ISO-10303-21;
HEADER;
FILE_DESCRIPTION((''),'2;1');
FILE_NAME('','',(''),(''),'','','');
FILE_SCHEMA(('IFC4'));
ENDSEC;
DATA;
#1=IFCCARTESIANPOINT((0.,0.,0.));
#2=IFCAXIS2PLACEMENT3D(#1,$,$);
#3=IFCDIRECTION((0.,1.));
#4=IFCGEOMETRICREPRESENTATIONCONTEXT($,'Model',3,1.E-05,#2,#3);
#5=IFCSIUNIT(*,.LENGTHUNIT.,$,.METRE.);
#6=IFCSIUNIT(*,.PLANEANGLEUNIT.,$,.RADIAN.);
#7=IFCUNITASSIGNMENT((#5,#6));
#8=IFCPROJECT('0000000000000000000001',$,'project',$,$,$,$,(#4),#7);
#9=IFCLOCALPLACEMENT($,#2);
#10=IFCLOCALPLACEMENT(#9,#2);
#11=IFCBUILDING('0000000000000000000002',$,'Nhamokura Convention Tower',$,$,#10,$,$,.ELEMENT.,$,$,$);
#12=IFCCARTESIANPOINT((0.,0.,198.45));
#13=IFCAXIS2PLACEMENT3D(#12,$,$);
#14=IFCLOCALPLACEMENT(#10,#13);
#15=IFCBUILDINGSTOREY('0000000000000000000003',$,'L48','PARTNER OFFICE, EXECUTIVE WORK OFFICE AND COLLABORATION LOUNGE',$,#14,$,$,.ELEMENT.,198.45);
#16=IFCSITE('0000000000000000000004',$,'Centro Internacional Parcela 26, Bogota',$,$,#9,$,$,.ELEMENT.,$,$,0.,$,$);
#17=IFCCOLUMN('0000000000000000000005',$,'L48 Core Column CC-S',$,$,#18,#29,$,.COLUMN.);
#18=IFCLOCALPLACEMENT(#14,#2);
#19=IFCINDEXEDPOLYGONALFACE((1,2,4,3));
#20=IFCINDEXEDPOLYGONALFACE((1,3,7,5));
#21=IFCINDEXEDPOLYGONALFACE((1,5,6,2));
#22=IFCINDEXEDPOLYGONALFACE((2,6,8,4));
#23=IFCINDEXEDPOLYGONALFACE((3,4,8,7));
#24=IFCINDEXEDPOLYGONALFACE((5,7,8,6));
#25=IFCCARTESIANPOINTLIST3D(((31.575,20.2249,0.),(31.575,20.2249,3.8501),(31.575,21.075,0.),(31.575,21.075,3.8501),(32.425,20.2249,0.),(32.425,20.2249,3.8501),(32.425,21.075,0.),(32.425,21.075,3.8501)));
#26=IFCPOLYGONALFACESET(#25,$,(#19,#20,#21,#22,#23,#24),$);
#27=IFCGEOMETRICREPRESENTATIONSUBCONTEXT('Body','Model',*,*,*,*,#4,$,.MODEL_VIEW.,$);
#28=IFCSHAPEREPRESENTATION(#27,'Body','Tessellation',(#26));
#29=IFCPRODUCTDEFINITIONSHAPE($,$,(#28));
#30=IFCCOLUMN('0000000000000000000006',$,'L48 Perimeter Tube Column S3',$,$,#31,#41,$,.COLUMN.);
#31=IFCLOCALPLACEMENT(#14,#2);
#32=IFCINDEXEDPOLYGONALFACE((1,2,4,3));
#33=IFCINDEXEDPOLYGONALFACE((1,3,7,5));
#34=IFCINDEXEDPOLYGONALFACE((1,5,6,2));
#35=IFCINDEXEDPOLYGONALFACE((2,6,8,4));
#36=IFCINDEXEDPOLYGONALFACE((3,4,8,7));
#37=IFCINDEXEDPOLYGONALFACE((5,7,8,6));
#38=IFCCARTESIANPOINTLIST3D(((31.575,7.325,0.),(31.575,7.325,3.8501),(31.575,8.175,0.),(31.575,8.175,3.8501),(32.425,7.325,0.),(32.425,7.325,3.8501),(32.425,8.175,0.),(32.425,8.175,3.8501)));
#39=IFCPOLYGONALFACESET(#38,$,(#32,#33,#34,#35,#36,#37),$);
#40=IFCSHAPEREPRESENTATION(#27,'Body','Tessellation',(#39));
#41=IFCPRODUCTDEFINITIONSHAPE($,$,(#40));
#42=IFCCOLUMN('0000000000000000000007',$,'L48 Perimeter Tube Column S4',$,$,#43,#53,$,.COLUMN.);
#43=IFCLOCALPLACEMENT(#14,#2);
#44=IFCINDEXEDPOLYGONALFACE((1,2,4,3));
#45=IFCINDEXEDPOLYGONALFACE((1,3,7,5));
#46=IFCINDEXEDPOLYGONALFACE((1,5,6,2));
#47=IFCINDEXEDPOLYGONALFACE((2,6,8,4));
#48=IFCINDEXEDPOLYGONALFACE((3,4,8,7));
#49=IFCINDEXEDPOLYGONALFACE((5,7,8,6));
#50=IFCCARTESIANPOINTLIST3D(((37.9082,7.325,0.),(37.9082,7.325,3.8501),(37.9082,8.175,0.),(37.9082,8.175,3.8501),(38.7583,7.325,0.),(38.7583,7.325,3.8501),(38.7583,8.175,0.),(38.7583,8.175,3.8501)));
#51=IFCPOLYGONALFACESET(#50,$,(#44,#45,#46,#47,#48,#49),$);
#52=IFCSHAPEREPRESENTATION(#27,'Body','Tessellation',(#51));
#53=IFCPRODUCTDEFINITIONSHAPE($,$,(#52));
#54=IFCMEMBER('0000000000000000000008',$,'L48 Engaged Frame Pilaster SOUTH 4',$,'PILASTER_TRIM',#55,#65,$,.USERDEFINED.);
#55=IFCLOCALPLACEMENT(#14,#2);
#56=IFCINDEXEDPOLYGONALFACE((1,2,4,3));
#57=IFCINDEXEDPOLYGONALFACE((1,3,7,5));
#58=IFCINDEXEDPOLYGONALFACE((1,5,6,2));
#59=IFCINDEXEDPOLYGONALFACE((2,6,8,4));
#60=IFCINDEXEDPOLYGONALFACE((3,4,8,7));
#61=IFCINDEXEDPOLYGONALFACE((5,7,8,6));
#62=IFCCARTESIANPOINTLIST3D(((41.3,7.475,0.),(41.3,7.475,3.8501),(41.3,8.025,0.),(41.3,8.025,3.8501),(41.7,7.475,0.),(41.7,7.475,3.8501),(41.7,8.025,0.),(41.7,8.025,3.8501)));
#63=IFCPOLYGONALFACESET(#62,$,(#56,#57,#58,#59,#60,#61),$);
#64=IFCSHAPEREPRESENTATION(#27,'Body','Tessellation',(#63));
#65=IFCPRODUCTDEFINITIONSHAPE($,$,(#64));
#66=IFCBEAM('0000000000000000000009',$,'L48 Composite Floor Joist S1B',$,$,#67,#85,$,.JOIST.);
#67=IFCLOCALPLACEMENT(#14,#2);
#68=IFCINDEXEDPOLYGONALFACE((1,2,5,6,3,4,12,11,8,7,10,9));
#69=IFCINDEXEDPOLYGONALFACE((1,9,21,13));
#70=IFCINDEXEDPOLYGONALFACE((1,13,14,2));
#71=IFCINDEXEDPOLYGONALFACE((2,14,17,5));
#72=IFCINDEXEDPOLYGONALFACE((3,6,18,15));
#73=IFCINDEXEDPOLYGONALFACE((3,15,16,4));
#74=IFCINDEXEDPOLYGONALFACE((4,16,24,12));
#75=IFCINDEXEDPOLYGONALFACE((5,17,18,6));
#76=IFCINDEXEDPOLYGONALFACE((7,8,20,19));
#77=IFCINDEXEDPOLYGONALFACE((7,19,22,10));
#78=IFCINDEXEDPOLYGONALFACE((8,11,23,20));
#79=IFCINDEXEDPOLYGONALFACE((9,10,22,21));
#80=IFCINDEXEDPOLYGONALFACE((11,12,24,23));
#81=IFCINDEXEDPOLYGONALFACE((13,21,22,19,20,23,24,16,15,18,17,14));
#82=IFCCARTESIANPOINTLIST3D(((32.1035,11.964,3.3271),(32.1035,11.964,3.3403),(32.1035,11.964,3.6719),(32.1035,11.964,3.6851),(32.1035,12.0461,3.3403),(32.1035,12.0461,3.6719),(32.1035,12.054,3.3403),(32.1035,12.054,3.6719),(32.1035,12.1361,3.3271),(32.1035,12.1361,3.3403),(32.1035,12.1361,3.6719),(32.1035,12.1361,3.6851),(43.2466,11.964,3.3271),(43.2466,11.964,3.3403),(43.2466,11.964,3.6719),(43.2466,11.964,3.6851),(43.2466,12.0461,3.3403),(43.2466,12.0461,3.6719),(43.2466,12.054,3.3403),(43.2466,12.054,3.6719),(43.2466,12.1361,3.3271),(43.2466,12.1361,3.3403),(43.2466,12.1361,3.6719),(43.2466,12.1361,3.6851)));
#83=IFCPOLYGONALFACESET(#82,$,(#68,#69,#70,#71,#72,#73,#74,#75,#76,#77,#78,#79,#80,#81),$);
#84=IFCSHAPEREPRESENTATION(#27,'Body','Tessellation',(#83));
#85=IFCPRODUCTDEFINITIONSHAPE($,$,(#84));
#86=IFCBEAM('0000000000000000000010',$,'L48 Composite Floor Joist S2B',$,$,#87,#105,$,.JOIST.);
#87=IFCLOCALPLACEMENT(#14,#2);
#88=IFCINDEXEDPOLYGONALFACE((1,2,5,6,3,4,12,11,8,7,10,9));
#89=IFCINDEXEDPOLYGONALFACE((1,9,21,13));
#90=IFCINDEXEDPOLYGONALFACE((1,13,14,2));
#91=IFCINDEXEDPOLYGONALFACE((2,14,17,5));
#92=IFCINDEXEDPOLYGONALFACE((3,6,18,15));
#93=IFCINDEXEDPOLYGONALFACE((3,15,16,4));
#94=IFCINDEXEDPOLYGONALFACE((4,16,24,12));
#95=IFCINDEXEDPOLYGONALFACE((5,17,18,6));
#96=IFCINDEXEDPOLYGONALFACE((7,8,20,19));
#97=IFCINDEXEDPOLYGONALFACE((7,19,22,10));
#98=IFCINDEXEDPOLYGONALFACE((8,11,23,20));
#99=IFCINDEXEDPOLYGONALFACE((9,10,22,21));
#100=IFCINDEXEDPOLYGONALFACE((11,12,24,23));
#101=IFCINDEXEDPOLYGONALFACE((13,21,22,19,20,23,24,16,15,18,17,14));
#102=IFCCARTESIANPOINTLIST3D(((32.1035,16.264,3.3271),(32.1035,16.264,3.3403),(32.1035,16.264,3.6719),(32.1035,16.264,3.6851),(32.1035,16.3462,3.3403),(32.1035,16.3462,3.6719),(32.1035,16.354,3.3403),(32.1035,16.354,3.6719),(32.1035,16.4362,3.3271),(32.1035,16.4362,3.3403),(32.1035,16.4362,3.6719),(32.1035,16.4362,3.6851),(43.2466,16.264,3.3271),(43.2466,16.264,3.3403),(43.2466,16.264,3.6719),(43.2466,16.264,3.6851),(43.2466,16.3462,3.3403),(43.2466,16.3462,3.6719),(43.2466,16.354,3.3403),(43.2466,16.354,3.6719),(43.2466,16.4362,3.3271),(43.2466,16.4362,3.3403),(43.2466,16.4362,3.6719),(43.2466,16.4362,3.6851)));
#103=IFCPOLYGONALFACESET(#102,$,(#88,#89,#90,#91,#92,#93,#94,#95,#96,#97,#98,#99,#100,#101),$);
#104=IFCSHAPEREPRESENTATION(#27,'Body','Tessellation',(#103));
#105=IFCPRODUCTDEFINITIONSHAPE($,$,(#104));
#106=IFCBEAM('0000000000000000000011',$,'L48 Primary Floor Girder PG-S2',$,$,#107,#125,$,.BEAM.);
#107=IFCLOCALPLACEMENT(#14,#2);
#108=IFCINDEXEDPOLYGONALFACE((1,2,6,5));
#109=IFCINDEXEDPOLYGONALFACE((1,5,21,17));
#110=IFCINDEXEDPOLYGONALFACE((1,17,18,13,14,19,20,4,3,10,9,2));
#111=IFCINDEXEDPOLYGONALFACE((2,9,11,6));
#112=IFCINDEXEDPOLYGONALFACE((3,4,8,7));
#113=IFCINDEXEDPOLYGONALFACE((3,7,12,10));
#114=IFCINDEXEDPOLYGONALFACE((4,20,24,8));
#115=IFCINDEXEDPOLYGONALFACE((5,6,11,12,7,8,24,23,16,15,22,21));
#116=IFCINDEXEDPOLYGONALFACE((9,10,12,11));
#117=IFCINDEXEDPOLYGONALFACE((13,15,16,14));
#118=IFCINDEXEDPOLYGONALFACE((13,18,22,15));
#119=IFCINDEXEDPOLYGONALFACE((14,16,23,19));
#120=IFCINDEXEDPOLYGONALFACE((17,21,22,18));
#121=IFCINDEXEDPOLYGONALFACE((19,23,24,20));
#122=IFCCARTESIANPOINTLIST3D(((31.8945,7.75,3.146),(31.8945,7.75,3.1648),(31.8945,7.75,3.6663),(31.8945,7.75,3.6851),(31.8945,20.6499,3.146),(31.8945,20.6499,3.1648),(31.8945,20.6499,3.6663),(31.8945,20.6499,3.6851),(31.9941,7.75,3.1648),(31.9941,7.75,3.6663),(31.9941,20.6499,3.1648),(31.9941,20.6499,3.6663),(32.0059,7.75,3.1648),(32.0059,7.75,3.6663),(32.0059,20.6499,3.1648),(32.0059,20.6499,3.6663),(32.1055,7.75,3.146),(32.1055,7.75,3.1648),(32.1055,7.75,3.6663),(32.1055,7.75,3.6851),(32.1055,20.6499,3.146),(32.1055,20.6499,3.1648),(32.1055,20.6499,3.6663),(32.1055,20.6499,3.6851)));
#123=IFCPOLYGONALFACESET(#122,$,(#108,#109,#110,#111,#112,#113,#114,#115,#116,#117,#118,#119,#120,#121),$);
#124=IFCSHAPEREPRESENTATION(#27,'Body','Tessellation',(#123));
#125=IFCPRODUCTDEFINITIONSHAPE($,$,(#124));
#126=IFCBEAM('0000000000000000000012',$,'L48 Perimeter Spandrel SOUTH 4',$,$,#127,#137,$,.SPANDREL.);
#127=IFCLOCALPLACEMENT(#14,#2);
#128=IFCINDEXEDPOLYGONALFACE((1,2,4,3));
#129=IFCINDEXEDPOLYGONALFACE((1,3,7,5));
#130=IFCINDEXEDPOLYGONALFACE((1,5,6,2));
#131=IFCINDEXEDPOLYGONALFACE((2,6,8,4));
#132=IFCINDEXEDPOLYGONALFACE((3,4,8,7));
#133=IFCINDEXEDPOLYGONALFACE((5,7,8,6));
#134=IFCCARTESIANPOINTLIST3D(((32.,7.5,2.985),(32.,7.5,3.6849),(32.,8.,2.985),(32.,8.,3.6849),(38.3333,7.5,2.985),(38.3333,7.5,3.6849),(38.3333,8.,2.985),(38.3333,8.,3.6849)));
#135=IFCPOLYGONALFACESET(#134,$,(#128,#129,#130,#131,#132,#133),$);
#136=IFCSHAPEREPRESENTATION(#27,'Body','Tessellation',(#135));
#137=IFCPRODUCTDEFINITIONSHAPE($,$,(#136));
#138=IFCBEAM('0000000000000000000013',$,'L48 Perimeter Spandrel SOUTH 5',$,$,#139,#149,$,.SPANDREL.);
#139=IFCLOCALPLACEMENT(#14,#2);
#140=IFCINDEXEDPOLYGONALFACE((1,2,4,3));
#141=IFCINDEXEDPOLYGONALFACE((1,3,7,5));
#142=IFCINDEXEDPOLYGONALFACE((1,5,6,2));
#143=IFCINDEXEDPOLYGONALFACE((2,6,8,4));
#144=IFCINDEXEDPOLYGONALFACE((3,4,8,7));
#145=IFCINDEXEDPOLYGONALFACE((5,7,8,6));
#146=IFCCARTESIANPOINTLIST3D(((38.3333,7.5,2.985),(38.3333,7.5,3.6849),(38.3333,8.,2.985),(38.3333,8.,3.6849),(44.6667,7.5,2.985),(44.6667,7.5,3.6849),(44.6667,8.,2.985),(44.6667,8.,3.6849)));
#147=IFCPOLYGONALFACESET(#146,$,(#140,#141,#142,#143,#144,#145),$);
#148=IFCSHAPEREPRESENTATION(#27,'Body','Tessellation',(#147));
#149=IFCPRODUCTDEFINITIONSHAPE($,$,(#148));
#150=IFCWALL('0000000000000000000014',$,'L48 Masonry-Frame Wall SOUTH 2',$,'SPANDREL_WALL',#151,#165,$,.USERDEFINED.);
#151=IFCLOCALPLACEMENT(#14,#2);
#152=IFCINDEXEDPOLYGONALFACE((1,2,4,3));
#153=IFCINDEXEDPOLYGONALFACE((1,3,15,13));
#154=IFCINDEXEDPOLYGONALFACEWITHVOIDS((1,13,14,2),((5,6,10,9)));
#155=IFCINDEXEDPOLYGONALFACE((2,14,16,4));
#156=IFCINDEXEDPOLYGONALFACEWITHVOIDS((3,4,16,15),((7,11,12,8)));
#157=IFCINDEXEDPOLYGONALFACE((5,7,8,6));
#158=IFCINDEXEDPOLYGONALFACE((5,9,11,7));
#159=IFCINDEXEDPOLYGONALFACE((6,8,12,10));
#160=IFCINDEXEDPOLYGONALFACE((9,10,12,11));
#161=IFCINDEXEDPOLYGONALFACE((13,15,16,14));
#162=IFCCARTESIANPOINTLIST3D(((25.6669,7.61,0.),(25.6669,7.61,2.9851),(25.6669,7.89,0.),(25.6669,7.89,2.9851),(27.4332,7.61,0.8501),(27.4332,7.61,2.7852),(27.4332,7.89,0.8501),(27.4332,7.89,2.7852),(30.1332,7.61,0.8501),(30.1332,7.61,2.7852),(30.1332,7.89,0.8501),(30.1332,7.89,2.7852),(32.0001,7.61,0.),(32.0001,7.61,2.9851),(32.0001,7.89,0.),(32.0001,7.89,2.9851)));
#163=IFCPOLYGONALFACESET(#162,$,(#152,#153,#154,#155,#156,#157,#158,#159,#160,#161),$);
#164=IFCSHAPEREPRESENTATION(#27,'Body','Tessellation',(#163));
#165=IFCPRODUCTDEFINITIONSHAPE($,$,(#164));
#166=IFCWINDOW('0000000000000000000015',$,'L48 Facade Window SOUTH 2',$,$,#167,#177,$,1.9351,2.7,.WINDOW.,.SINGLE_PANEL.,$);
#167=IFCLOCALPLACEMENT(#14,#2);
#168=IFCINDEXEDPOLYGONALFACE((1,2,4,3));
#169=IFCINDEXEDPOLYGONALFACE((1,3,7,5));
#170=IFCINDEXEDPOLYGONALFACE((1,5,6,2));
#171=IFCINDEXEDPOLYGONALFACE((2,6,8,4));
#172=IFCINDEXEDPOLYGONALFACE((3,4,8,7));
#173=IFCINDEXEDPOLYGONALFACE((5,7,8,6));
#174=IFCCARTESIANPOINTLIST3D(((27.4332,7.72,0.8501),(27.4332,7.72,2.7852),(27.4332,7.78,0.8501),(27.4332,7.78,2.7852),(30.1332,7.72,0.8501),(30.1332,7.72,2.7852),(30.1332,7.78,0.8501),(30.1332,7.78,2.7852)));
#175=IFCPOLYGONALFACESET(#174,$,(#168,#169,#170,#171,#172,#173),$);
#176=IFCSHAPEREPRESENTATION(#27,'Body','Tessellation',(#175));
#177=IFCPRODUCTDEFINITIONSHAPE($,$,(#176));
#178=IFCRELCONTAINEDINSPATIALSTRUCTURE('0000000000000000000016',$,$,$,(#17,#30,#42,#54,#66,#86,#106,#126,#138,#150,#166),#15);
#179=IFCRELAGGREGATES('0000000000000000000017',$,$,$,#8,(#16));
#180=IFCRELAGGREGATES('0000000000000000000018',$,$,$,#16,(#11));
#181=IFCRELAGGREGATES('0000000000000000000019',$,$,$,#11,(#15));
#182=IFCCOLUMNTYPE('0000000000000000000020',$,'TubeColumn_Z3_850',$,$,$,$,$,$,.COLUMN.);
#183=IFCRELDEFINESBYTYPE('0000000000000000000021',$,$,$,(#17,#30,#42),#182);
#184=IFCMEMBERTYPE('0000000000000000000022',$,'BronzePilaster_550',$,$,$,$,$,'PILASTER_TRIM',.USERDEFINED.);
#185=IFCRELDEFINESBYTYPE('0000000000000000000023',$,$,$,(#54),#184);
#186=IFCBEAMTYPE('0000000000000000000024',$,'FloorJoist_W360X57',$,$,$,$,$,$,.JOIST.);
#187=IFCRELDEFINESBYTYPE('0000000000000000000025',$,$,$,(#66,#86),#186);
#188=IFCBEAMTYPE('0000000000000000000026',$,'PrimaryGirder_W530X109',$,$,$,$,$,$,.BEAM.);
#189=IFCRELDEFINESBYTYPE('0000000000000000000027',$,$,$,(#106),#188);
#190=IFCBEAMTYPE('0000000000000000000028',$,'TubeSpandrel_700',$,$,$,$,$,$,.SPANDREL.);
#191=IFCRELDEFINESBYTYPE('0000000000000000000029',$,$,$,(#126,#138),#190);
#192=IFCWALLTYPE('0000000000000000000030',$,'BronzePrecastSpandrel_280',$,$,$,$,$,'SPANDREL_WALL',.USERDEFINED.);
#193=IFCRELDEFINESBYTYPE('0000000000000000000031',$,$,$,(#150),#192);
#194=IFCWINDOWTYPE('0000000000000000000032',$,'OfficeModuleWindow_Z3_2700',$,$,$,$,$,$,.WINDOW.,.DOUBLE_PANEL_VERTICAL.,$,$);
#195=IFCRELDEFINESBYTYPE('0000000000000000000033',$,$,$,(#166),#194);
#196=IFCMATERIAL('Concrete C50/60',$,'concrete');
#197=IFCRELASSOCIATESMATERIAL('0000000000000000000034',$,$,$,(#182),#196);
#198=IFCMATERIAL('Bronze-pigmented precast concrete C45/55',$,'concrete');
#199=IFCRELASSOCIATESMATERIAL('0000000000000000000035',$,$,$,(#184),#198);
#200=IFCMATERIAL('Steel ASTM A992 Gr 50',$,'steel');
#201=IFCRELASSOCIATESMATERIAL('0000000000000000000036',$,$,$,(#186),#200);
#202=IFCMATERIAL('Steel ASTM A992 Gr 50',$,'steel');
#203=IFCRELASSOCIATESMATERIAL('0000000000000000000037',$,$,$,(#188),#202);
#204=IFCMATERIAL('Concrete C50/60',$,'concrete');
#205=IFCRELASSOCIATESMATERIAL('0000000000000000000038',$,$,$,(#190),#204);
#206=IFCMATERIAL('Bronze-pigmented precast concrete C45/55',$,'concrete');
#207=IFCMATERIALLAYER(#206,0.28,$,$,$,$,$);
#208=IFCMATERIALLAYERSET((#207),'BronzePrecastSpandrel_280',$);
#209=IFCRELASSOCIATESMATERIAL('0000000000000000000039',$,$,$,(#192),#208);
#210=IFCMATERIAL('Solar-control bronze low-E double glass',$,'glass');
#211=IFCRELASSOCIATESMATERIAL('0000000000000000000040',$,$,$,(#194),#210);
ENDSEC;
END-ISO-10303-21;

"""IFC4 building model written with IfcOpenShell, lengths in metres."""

from ifc_helpers import new_model, si_unit, direction, frame, frame_2d, origin, origin_2d, place, context, subcontext, project, spatial, rectangle, i_section, extrude, material, layer, layer_set, material_profile, profile_set, type_object, element, fill, save


model = new_model("IFC4")

# Units and contexts
model_context = context("Model", 3, precision=1e-05, world=origin(), true_north=direction((0.0, 1.0)))
body_context = subcontext(model_context, "Body", "Model", "MODEL_VIEW")
ifc_project = project(units=[si_unit("LENGTHUNIT", "METRE"), si_unit("PLANEANGLEUNIT", "RADIAN")], contexts=[model_context])

# Site, building, storey
site_placement = place(None, origin())
site = spatial("IfcSite", under=ifc_project, at=site_placement, Name="Centro Internacional Parcela 26, Bogota", CompositionType="ELEMENT", RefElevation=0.0)
building_placement = place(site_placement, origin())
building = spatial("IfcBuilding", under=site, at=building_placement, Name="Nhamokura Convention Tower", CompositionType="ELEMENT")
storey_placement = place(building_placement, frame((0.0, 0.0, 198.45)))
storey = spatial("IfcBuildingStorey", under=building, at=storey_placement, Name="L48", Description="PARTNER OFFICE, EXECUTIVE WORK OFFICE AND COLLABORATION LOUNGE", CompositionType="ELEMENT", Elevation=198.45)

# Columns
ifc_material_1 = material(Name="Concrete C50/60", Category="concrete")
ifc_material_profile_1 = material_profile(ifc_material_1, rectangle(XDim=0.8501, YDim=0.8501, at=origin_2d()))
ifc_profile_set_1 = profile_set([ifc_material_profile_1], Name="Concrete C50/60")
column_type = type_object("IfcColumnType", Name="TubeColumn_Z3_850", PredefinedType="COLUMN", material=ifc_profile_set_1)
for number, where, z_axis, x_axis, name in (
    (1, (32.0, 20.6499, 0.0), (0.0, 0.0, 1.0), (1.0, 0.0, 0.0), "L48 Core Column CC-S"),
    (2, (32.0, 7.75, 0.0), (0.0, 0.0, 1.0), (1.0, 0.0, 0.0), "L48 Perimeter Tube Column S3"),
    (3, (38.3333, 7.75, 0.0), (0.0, 0.0, 1.0), (1.0, 0.0, 0.0), "L48 Perimeter Tube Column S4"),
):
    element("IfcColumn", number, at=place(storey_placement, frame(where, z_axis=z_axis, x_axis=x_axis)), inside=storey, type_object=column_type, Name=name, PredefinedType="COLUMN", context=body_context, shape_type="SweptSolid", body=[
        extrude(rectangle(XDim=0.8501, YDim=0.8501, at=origin_2d()), origin(), (0.0, 0.0, 1.0), 3.8501),
    ])

# Member
ifc_material_2 = material(Name="Bronze-pigmented precast concrete C45/55", Category="concrete")
ifc_material_profile_2 = material_profile(ifc_material_2, rectangle(XDim=0.3999, YDim=0.55, at=origin_2d()))
ifc_profile_set_2 = profile_set([ifc_material_profile_2], Name="Bronze-pigmented precast concrete C45/55")
member_type = type_object("IfcMemberType", Name="BronzePilaster_550", ElementType="PILASTER_TRIM", PredefinedType="USERDEFINED", material=ifc_profile_set_2)
member_placement = place(storey_placement, frame((41.5, 7.75, 0.0), z_axis=(0.0, 0.0, 1.0), x_axis=(1.0, 0.0, 0.0)))
element("IfcMember", 4, at=member_placement, inside=storey, type_object=member_type, Name="L48 Engaged Frame Pilaster SOUTH 4", ObjectType="PILASTER_TRIM", PredefinedType="USERDEFINED", context=body_context, shape_type="SweptSolid", body=[
    extrude(rectangle(XDim=0.3999, YDim=0.55, at=origin_2d()), origin(), (0.0, 0.0, 1.0), 3.8501),
])

# Beams
ifc_material_3 = material(Name="Steel ASTM A992 Gr 50", Category="steel")
ifc_material_profile_3 = material_profile(ifc_material_3, i_section(OverallWidth=0.1721, OverallDepth=0.3579, WebThickness=0.0078, FlangeThickness=0.0132, at=origin_2d()))
ifc_profile_set_3 = profile_set([ifc_material_profile_3], Name="Steel ASTM A992 Gr 50")
beam_type_1 = type_object("IfcBeamType", Name="FloorJoist_W360X57", PredefinedType="JOIST", material=ifc_profile_set_3)
for number, where, z_axis, x_axis, name in (
    (5, (32.1035, 12.05, 3.5061), (1.0, 0.0, 0.0), (0.0, 1.0, 0.0), "L48 Composite Floor Joist S1B"),
    (6, (32.1035, 16.3501, 3.5061), (1.0, 0.0, 0.0), (0.0, 1.0, 0.0), "L48 Composite Floor Joist S2B"),
):
    element("IfcBeam", number, at=place(storey_placement, frame(where, z_axis=z_axis, x_axis=x_axis)), inside=storey, type_object=beam_type_1, Name=name, PredefinedType="JOIST", context=body_context, shape_type="SweptSolid", body=[
        extrude(i_section(OverallWidth=0.1721, OverallDepth=0.3579, WebThickness=0.0078, FlangeThickness=0.0132, at=origin_2d()), origin(), (0.0, 0.0, 1.0), 11.1431),
    ])
ifc_material_4 = material(Name="Steel ASTM A992 Gr 50", Category="steel")
ifc_material_profile_4 = material_profile(ifc_material_4, i_section(OverallWidth=0.2109, OverallDepth=0.5391, WebThickness=0.0117, FlangeThickness=0.0188, at=origin_2d()))
ifc_profile_set_4 = profile_set([ifc_material_profile_4], Name="Steel ASTM A992 Gr 50")
beam_type_2 = type_object("IfcBeamType", Name="PrimaryGirder_W530X109", PredefinedType="BEAM", material=ifc_profile_set_4)
beam_1_placement = place(storey_placement, frame((32.0, 7.75, 3.4155), z_axis=(0.0, 1.0, 0.0), x_axis=(-1.0, 0.0, 0.0)))
element("IfcBeam", 7, at=beam_1_placement, inside=storey, type_object=beam_type_2, Name="L48 Primary Floor Girder PG-S2", PredefinedType="BEAM", context=body_context, shape_type="SweptSolid", body=[
    extrude(i_section(OverallWidth=0.2109, OverallDepth=0.5391, WebThickness=0.0117, FlangeThickness=0.0188, at=origin_2d()), origin(), (0.0, 0.0, 1.0), 12.8999),
])
ifc_material_5 = material(Name="Concrete C50/60", Category="concrete")
ifc_material_profile_5 = material_profile(ifc_material_5, rectangle(XDim=0.5, YDim=0.7, at=origin_2d()))
ifc_profile_set_5 = profile_set([ifc_material_profile_5], Name="Concrete C50/60")
beam_type_3 = type_object("IfcBeamType", Name="TubeSpandrel_700", PredefinedType="SPANDREL", material=ifc_profile_set_5)
beam_2_placement = place(storey_placement, frame((32.0, 7.75, 3.335), z_axis=(1.0, 0.0, 0.0), x_axis=(0.0, 1.0, 0.0)))
element("IfcBeam", 8, at=beam_2_placement, inside=storey, type_object=beam_type_3, Name="L48 Perimeter Spandrel SOUTH 4", PredefinedType="SPANDREL", context=body_context, shape_type="SweptSolid", body=[
    extrude(rectangle(XDim=0.5, YDim=0.7, at=origin_2d()), origin(), (0.0, 0.0, 1.0), 6.3333),
])
beam_3_placement = place(storey_placement, frame((38.3333, 7.75, 3.335), z_axis=(1.0, 0.0, 0.0), x_axis=(0.0, 1.0, 0.0)))
element("IfcBeam", 9, at=beam_3_placement, inside=storey, type_object=beam_type_3, Name="L48 Perimeter Spandrel SOUTH 5", PredefinedType="SPANDREL", context=body_context, shape_type="SweptSolid", body=[
    extrude(rectangle(XDim=0.5, YDim=0.7, at=origin_2d()), origin(), (0.0, 0.0, 1.0), 6.3335),
])

# Wall, opening, window
ifc_material_6 = material(Name="Bronze-pigmented precast concrete C45/55", Category="concrete")
ifc_layer_1 = layer(ifc_material_6, 0.28)
ifc_layer_set_1 = layer_set([ifc_layer_1], Name="BronzePrecastSpandrel_280")
wall_type_1 = type_object("IfcWallType", Name="BronzePrecastSpandrel_280", ElementType="SPANDREL_WALL", PredefinedType="USERDEFINED", material=ifc_layer_set_1)
wall_1_placement = place(storey_placement, frame((32.0, 7.75, 0.0), z_axis=(0.0, 0.0, 1.0), x_axis=(-1.0, 0.0, 0.0)))
wall_1 = element("IfcWall", 10, at=wall_1_placement, inside=storey, type_object=wall_type_1, Name="L48 Masonry-Frame Wall SOUTH 2", ObjectType="SPANDREL_WALL", PredefinedType="USERDEFINED", context=body_context, shape_type="SweptSolid", body=[
    extrude(rectangle(XDim=6.3333, YDim=0.28, at=frame_2d((3.1665, 0.0))), origin(), (0.0, 0.0, 1.0), 2.9851),
])
opening_1_placement = place(wall_1_placement, frame((1.8667, 0.0, 0.8501)))
opening_1 = element("IfcOpeningElement", 11, at=opening_1_placement, cuts=wall_1, PredefinedType="OPENING", context=body_context, shape_type="SweptSolid", body=[
    extrude(rectangle(XDim=2.7, YDim=1.9351, at=frame_2d((1.3501, 0.9675))), frame((0.0, 0.1499, 0.0), z_axis=(0.0, -1.0, 0.0), x_axis=(1.0, 0.0, 0.0)), (0.0, 0.0, 1.0), 0.3),
])
ifc_material_7 = material(Name="Solar-control bronze low-E double glass", Category="glass")
window_type = type_object("IfcWindowType", Name="OfficeModuleWindow_Z3_2700", PartitioningType="DOUBLE_PANEL_VERTICAL", PredefinedType="WINDOW", material=ifc_material_7)
window_1_placement = place(opening_1_placement, origin())
window_1 = element("IfcWindow", 12, at=window_1_placement, inside=storey, type_object=window_type, Name="L48 Facade Window SOUTH 2", OverallHeight=1.9351, OverallWidth=2.7, PartitioningType="SINGLE_PANEL", PredefinedType="WINDOW", context=body_context, shape_type="SweptSolid", body=[
    extrude(rectangle(XDim=2.7, YDim=1.9351, at=frame_2d((1.3501, 0.9675))), frame((0.0, 0.03, 0.0), z_axis=(0.0, -1.0, 0.0), x_axis=(1.0, 0.0, 0.0)), (0.0, 0.0, 1.0), 0.0601),
])
fill(opening_1, window_1)

save(model, "model.ifc")
